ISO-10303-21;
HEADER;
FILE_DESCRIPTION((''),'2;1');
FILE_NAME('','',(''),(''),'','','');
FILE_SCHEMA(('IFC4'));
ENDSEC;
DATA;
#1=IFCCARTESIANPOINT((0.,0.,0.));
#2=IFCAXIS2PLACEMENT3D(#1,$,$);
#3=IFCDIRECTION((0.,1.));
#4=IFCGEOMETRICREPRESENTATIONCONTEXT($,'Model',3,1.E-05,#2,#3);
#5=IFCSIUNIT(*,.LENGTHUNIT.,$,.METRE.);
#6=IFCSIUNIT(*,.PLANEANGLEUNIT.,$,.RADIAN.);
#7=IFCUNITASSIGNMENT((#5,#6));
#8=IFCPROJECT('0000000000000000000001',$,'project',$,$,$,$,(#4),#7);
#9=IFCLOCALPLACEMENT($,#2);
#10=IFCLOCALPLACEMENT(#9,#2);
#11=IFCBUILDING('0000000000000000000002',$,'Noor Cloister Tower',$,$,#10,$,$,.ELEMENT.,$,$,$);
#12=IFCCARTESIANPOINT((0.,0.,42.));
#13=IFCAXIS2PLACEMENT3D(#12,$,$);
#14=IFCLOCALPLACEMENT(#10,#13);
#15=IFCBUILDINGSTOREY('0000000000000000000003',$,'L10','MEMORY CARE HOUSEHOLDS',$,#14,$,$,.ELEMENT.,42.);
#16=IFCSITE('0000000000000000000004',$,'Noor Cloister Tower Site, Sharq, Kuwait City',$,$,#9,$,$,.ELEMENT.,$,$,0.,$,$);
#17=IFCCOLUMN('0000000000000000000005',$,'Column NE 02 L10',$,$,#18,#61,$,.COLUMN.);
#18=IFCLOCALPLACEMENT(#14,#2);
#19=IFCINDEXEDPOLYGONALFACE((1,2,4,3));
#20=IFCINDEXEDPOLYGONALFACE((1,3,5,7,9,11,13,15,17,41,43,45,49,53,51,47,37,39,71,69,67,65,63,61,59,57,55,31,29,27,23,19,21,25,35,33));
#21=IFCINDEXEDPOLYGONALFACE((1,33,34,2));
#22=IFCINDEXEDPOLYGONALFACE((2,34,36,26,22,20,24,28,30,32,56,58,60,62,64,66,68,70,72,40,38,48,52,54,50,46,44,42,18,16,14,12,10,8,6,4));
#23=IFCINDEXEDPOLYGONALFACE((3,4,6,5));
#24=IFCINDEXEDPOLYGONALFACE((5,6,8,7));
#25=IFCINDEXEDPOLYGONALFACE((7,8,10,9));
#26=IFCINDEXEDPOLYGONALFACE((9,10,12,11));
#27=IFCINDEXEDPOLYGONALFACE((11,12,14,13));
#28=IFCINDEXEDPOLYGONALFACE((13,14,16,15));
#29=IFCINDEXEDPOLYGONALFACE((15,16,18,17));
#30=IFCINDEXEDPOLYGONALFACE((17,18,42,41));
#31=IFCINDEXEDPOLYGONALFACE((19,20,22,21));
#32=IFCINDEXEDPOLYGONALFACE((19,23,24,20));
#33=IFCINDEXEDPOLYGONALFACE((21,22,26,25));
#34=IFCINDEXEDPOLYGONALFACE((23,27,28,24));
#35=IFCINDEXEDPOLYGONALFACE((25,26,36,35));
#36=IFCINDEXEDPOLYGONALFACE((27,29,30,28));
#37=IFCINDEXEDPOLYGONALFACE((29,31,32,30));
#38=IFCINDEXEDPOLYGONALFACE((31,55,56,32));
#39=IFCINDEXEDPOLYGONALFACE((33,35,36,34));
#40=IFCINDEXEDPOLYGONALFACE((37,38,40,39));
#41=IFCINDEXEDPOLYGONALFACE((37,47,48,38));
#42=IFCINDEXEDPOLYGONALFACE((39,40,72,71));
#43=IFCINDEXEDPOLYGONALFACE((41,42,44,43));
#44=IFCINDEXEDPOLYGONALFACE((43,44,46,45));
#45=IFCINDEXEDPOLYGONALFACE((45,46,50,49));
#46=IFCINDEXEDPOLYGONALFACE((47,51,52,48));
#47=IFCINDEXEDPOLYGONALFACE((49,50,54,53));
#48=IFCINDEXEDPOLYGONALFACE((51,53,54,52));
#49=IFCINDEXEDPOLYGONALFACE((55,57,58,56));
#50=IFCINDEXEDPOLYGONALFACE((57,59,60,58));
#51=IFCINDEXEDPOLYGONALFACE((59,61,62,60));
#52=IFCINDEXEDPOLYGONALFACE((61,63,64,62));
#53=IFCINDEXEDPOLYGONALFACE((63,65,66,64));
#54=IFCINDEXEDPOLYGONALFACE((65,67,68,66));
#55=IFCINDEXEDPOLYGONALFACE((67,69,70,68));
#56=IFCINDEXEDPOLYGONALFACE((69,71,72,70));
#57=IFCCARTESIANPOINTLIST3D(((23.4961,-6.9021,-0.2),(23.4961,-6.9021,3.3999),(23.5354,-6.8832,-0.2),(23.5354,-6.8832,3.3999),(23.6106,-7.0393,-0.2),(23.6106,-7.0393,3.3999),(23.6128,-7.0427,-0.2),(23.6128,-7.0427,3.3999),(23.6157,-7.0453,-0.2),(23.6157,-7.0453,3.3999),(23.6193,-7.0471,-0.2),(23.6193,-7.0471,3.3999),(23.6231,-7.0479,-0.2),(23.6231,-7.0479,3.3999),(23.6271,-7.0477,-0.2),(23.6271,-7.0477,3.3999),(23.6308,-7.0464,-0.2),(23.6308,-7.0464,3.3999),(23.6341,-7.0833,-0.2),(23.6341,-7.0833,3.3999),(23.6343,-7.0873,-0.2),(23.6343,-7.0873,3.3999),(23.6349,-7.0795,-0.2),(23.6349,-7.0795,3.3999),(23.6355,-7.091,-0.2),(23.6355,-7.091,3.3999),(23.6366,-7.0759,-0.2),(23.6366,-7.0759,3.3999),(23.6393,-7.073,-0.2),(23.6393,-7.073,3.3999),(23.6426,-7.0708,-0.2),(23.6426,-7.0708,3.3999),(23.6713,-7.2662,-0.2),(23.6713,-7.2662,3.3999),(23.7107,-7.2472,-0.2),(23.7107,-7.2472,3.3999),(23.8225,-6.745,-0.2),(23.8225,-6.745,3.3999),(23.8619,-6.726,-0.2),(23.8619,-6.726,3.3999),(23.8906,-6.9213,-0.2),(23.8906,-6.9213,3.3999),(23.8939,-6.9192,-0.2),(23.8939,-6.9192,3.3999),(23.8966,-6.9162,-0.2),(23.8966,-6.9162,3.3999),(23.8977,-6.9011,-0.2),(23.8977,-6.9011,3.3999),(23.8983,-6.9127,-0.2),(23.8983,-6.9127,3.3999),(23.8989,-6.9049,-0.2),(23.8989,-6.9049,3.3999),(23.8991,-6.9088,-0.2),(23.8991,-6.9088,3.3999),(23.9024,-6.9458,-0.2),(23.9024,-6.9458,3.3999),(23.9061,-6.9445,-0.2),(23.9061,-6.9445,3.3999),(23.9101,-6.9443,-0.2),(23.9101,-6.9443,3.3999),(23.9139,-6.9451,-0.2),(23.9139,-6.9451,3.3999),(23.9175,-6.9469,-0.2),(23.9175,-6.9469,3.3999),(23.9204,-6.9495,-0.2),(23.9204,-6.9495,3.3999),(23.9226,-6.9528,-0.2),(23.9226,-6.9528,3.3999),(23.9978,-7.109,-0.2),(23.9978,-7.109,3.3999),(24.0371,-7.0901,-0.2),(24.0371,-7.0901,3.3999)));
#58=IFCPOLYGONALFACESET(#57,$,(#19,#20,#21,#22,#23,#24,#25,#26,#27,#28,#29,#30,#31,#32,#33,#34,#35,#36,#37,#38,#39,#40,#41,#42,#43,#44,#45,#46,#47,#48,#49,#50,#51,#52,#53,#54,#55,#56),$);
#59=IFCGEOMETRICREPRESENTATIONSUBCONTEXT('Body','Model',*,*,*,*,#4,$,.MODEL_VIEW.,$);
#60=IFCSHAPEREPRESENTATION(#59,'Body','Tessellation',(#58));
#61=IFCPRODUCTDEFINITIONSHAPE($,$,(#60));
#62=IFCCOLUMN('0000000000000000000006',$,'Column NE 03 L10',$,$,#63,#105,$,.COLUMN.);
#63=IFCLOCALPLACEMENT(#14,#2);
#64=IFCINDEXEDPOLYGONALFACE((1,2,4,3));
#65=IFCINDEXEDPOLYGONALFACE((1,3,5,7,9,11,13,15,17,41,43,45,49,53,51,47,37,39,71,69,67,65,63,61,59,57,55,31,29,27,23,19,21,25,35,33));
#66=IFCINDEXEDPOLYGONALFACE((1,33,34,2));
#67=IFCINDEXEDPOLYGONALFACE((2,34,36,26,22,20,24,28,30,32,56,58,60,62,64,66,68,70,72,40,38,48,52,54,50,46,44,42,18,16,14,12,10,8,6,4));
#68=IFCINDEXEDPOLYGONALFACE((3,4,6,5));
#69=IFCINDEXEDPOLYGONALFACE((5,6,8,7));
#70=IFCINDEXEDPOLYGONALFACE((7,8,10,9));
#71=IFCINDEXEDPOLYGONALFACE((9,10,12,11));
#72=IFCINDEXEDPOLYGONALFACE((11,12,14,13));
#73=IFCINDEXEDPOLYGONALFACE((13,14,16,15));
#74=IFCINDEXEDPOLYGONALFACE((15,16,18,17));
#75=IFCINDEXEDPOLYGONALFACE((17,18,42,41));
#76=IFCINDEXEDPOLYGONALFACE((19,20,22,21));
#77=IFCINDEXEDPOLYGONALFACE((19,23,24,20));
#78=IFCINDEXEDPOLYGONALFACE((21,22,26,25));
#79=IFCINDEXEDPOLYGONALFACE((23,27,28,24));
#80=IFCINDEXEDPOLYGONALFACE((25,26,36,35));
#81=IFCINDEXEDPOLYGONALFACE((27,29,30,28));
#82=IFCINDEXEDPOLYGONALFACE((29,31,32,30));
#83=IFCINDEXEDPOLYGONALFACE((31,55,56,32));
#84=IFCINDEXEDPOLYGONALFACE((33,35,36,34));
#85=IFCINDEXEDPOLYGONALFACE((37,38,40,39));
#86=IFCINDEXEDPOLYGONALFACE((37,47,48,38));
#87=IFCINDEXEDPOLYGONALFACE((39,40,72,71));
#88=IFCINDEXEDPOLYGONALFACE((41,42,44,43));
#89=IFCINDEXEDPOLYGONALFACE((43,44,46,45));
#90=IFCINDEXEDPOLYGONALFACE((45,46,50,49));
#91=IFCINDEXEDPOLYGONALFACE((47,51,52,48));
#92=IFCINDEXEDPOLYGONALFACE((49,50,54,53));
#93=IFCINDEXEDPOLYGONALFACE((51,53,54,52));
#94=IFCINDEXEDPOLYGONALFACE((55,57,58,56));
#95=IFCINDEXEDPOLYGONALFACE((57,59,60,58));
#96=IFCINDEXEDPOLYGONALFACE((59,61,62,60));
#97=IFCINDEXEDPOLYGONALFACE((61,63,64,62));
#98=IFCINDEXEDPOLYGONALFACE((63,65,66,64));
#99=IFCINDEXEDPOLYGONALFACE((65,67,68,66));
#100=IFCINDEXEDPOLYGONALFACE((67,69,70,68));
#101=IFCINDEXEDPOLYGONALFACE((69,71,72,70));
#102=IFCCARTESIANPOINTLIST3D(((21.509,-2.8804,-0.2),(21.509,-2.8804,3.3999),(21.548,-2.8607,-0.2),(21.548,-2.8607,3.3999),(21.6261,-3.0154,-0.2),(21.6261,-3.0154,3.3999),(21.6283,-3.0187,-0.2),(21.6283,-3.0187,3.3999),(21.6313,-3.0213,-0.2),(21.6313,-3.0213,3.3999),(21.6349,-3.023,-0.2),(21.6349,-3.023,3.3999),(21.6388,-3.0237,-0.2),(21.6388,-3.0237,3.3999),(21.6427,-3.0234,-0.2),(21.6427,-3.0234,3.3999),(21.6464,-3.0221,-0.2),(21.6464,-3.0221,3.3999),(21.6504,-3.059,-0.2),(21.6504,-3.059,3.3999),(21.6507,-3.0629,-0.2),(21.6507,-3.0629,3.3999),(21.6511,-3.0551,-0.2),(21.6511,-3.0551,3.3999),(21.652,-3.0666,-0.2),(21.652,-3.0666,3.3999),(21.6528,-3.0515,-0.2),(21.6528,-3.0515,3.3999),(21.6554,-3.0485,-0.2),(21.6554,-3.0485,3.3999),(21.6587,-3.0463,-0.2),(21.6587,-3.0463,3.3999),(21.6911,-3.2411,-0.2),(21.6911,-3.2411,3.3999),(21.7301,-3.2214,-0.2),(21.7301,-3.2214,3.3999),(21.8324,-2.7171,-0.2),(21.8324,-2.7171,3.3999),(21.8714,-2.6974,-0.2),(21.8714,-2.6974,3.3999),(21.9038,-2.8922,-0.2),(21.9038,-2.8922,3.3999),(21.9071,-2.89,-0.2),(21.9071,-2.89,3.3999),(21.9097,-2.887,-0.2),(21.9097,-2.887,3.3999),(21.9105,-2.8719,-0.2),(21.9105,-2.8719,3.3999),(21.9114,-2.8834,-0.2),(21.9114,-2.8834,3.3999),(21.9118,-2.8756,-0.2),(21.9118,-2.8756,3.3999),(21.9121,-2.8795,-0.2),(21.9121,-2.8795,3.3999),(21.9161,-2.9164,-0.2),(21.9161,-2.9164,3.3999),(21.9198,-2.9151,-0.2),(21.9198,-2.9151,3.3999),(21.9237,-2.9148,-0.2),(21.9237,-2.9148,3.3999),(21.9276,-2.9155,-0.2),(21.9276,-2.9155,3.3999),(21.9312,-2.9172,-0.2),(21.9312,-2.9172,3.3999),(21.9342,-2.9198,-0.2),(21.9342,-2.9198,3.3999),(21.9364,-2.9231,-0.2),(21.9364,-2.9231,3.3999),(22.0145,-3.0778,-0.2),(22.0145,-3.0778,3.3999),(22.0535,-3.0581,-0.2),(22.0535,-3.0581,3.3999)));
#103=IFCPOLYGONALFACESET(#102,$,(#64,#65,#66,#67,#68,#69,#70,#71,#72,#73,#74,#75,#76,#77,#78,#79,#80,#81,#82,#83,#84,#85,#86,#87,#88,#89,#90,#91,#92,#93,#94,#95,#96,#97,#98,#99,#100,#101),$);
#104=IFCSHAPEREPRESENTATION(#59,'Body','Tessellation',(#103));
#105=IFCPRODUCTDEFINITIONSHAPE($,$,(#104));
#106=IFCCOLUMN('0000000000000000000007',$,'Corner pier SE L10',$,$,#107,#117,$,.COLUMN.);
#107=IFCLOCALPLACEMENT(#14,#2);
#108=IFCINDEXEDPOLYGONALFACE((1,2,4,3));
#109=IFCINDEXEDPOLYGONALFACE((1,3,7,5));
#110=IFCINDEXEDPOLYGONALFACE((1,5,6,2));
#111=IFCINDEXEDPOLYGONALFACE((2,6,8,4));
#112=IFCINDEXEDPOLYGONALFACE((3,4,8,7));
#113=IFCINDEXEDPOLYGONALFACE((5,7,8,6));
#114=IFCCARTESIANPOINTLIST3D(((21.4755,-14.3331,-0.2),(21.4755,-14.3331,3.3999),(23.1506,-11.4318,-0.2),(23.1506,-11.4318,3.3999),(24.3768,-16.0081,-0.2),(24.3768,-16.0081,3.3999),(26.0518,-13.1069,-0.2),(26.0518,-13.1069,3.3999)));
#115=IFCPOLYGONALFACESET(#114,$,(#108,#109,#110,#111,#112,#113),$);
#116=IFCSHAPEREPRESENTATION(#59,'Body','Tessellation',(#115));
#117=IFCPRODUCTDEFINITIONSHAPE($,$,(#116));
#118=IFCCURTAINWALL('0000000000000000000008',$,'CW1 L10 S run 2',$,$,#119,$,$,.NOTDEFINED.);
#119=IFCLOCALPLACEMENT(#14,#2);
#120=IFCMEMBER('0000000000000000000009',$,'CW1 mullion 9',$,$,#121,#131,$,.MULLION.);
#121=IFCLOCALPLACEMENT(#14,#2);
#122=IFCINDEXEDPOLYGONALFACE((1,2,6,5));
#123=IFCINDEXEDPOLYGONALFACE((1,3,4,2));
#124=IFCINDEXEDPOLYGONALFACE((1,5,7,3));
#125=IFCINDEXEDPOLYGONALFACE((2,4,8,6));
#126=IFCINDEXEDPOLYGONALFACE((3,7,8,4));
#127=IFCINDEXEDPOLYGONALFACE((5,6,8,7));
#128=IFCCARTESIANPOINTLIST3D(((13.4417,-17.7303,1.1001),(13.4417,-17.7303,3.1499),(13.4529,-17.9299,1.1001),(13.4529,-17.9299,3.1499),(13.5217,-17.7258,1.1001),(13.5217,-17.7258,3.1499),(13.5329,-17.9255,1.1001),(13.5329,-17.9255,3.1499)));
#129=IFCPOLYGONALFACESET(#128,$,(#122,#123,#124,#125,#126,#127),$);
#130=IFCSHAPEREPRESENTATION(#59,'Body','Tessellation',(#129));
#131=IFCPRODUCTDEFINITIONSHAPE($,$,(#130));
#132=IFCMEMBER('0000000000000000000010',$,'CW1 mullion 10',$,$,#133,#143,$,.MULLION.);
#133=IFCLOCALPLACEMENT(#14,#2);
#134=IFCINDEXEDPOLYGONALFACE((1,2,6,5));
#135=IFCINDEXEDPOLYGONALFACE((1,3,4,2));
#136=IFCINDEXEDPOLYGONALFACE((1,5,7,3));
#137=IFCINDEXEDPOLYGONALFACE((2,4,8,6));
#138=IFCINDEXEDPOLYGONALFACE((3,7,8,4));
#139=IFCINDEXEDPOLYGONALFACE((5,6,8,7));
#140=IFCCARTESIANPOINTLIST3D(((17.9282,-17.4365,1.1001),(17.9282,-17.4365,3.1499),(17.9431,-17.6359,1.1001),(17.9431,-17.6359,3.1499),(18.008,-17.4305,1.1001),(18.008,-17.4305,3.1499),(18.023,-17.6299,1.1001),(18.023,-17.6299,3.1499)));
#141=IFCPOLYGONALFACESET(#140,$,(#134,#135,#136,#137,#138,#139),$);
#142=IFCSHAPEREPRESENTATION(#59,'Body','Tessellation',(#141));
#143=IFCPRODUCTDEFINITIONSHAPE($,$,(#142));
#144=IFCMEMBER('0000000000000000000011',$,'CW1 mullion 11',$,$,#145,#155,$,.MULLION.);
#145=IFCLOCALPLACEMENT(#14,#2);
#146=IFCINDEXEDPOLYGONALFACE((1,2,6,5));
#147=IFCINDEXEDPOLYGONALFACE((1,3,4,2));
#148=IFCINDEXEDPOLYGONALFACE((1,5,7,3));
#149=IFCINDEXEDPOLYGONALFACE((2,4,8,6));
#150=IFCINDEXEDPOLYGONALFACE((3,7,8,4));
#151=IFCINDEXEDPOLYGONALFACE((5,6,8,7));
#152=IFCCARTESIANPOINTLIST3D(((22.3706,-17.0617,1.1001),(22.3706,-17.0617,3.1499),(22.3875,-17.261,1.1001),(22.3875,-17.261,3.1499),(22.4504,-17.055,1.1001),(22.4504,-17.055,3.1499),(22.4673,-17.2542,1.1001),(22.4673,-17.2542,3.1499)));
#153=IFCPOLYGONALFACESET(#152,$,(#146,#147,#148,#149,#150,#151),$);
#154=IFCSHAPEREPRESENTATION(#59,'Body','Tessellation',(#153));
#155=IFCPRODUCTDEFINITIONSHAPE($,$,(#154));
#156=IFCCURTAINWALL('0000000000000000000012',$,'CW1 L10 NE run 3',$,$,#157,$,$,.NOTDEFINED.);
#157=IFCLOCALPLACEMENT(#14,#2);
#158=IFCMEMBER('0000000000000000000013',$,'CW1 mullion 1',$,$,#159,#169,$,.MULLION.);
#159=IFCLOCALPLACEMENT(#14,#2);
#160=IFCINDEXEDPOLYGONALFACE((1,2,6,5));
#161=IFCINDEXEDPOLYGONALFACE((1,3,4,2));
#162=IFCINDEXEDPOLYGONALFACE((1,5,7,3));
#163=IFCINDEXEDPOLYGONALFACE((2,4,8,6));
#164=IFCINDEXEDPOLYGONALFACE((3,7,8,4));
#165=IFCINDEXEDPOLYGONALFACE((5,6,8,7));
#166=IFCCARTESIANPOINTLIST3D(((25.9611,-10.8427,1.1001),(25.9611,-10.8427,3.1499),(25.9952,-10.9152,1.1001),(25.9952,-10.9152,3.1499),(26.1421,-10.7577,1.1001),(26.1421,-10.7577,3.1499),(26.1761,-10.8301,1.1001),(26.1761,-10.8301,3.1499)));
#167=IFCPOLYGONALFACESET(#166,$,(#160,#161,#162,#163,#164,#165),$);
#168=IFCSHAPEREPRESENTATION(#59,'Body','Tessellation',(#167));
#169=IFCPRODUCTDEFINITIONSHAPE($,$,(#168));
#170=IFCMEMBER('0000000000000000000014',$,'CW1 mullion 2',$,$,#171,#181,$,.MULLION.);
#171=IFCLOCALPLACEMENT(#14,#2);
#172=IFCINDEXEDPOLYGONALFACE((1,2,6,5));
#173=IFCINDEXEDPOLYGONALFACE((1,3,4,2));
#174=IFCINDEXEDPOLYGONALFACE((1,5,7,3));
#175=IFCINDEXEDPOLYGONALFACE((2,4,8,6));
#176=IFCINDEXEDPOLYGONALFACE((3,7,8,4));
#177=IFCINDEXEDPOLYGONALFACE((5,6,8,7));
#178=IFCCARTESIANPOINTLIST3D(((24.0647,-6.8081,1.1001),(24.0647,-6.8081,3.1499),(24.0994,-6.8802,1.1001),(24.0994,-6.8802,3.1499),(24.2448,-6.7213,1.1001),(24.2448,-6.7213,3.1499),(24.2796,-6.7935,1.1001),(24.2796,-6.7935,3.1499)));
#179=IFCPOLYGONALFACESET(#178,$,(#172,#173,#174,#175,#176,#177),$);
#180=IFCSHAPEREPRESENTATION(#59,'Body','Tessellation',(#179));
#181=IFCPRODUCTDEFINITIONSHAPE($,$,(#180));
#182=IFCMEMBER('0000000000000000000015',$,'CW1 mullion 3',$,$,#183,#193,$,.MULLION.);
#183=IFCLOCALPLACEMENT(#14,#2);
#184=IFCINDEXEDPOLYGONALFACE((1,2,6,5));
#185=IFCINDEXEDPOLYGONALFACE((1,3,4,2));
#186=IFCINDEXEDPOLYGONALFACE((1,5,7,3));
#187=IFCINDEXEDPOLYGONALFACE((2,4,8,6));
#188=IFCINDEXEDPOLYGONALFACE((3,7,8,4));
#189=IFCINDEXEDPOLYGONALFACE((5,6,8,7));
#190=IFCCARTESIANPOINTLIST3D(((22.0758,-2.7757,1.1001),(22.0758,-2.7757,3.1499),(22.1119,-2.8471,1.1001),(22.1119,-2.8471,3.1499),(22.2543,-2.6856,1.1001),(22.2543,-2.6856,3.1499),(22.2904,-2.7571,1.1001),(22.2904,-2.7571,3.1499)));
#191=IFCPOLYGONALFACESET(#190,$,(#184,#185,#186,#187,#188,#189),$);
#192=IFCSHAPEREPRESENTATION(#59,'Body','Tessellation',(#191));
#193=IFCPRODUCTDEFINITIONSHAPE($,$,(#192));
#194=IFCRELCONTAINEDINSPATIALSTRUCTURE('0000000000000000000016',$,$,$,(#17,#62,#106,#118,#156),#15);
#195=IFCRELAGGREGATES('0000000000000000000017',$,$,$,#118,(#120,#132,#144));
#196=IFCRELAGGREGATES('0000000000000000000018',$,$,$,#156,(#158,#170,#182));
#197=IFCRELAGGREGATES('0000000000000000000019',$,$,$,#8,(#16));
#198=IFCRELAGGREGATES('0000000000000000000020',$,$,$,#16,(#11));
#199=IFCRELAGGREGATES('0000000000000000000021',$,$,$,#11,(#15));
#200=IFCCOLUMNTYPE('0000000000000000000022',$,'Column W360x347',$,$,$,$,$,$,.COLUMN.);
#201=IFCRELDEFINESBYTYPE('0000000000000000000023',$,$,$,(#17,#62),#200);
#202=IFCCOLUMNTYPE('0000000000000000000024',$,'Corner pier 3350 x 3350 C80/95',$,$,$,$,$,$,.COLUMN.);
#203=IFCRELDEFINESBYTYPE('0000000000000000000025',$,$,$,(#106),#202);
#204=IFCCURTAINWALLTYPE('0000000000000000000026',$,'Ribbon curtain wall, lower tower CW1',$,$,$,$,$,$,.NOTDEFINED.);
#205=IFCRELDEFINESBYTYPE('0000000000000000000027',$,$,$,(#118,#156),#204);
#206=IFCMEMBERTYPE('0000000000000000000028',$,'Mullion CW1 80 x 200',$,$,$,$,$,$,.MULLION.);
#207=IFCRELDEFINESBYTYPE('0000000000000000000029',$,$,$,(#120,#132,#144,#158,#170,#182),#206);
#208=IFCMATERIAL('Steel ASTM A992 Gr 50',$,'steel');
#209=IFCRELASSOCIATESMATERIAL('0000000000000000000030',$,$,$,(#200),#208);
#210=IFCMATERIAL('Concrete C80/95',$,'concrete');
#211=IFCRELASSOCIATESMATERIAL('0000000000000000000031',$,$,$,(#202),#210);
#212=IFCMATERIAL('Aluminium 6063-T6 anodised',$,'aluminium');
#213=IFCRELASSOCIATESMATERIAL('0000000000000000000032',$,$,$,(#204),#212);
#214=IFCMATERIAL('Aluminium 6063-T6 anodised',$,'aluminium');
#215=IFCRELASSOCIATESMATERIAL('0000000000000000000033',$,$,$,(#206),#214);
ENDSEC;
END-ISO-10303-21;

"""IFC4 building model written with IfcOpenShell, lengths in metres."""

from ifc_helpers import new_model, si_unit, direction, frame, origin, origin_2d, place, context, subcontext, project, spatial, rectangle, i_section, extrude, material, material_profile, profile_set, type_object, element, aggregate, save


model = new_model("IFC4")

# Units and contexts
model_context = context("Model", 3, precision=1e-05, world=origin(), true_north=direction((0.0, 1.0)))
body_context = subcontext(model_context, "Body", "Model", "MODEL_VIEW")
ifc_project = project(units=[si_unit("LENGTHUNIT", "METRE"), si_unit("PLANEANGLEUNIT", "RADIAN")], contexts=[model_context])

# Site, building, storey
site_placement = place(None, origin())
site = spatial("IfcSite", under=ifc_project, at=site_placement, Name="Noor Cloister Tower Site, Sharq, Kuwait City", CompositionType="ELEMENT", RefElevation=0.0)
building_placement = place(site_placement, origin())
building = spatial("IfcBuilding", under=site, at=building_placement, Name="Noor Cloister Tower", CompositionType="ELEMENT")
storey_placement = place(building_placement, frame((0.0, 0.0, 42.0)))
storey = spatial("IfcBuildingStorey", under=building, at=storey_placement, Name="L10", Description="MEMORY CARE HOUSEHOLDS", CompositionType="ELEMENT", Elevation=42.0)

# Columns
ifc_material_1 = material(Name="Steel ASTM A992 Gr 50", Category="steel")
ifc_material_profile_1 = material_profile(ifc_material_1, i_section(OverallWidth=0.4041, OverallDepth=0.406, WebThickness=0.0271, FlangeThickness=0.0437, FilletRadius=0.0151, at=origin_2d()), Name="W360x347")
ifc_profile_set_1 = profile_set([ifc_material_profile_1], Name="Steel ASTM A992 Gr 50")
column_type_1 = type_object("IfcColumnType", Name="Column W360x347", PredefinedType="COLUMN", material=ifc_profile_set_1)
for number, where, z_axis, x_axis, name in (
    (1, (23.7666, -6.9961, -0.2), (0.0, 0.0, 1.0), (-0.433785, 0.901017, 0.0), "Column NE 02 L10"),
    (2, (21.7812, -2.9692, -0.2), (0.0, 0.0, 1.0), (-0.450581, 0.892735, 0.0), "Column NE 03 L10"),
):
    element("IfcColumn", number, at=place(storey_placement, frame(where, z_axis=z_axis, x_axis=x_axis)), inside=storey, type_object=column_type_1, Name=name, PredefinedType="COLUMN", context=body_context, shape_type="SweptSolid", body=[
        extrude(i_section(OverallWidth=0.4041, OverallDepth=0.406, WebThickness=0.0271, FlangeThickness=0.0437, FilletRadius=0.0151, at=origin_2d()), origin(), (0.0, 0.0, 1.0), 3.5999),
    ])
ifc_material_2 = material(Name="Concrete C80/95", Category="concrete")
ifc_material_profile_2 = material_profile(ifc_material_2, rectangle(XDim=3.3501, YDim=3.3501, at=origin_2d()), Name="RC 3350x3350")
ifc_profile_set_2 = profile_set([ifc_material_profile_2], Name="Concrete C80/95")
column_type_2 = type_object("IfcColumnType", Name="Corner pier 3350 x 3350 C80/95", PredefinedType="COLUMN", material=ifc_profile_set_2)
column_placement = place(storey_placement, frame((23.7637, -13.72, -0.2), z_axis=(0.0, 0.0, 1.0), x_axis=(0.866025, -0.5, 0.0)))
element("IfcColumn", 3, at=column_placement, inside=storey, type_object=column_type_2, Name="Corner pier SE L10", PredefinedType="COLUMN", context=body_context, shape_type="SweptSolid", body=[
    extrude(rectangle(XDim=3.3501, YDim=3.3501, at=origin_2d()), origin(), (0.0, 0.0, 1.0), 3.5999),
])

# Curtain walls, members
ifc_material_3 = material(Name="Aluminium 6063-T6 anodised", Category="aluminium")
curtain_wall_type = type_object("IfcCurtainWallType", Name="Ribbon curtain wall, lower tower CW1", PredefinedType="NOTDEFINED", material=ifc_material_3)
curtain_wall_1_placement = place(storey_placement, origin())
curtain_wall_1 = element("IfcCurtainWall", 4, at=curtain_wall_1_placement, inside=storey, type_object=curtain_wall_type, Name="CW1 L10 S run 2", PredefinedType="NOTDEFINED")
ifc_material_4 = material(Name="Aluminium 6063-T6 anodised", Category="aluminium")
ifc_material_profile_3 = material_profile(ifc_material_4, rectangle(XDim=0.2, YDim=0.0801, at=origin_2d()), Name="200 x 80 mullion")
ifc_profile_set_3 = profile_set([ifc_material_profile_3], Name="Aluminium 6063-T6 anodised")
member_type = type_object("IfcMemberType", Name="Mullion CW1 80 x 200", PredefinedType="MULLION", material=ifc_profile_set_3)
member_1_placement = place(storey_placement, frame((13.4873, -17.8279, 1.1001), z_axis=(0.0, 0.0, 1.0), x_axis=(-0.056153, 0.998422, 0.0)))
member_1 = element("IfcMember", 5, at=member_1_placement, type_object=member_type, Name="CW1 mullion 9", PredefinedType="MULLION", context=body_context, shape_type="SweptSolid", body=[
    extrude(rectangle(XDim=0.2, YDim=0.0801, at=origin_2d()), origin(), (0.0, 0.0, 1.0), 2.0498),
])
member_2_placement = place(storey_placement, frame((17.9756, -17.5332, 1.1001), z_axis=(0.0, 0.0, 1.0), x_axis=(-0.07484, 0.997196, 0.0)))
member_2 = element("IfcMember", 6, at=member_2_placement, type_object=member_type, Name="CW1 mullion 10", PredefinedType="MULLION", context=body_context, shape_type="SweptSolid", body=[
    extrude(rectangle(XDim=0.2, YDim=0.0801, at=origin_2d()), origin(), (0.0, 0.0, 1.0), 2.0498),
])
member_3_placement = place(storey_placement, frame((22.4189, -17.158, 1.1001), z_axis=(0.0, 0.0, 1.0), x_axis=(-0.084174, 0.996451, 0.0)))
member_3 = element("IfcMember", 7, at=member_3_placement, type_object=member_type, Name="CW1 mullion 11", PredefinedType="MULLION", context=body_context, shape_type="SweptSolid", body=[
    extrude(rectangle(XDim=0.2, YDim=0.0801, at=origin_2d()), origin(), (0.0, 0.0, 1.0), 2.0498),
])
curtain_wall_2_placement = place(storey_placement, origin())
curtain_wall_2 = element("IfcCurtainWall", 8, at=curtain_wall_2_placement, inside=storey, type_object=curtain_wall_type, Name="CW1 L10 NE run 3", PredefinedType="NOTDEFINED")
member_4_placement = place(storey_placement, frame((26.0686, -10.8364, 1.1001), z_axis=(0.0, 0.0, 1.0), x_axis=(-0.905039, -0.425329, 0.0)))
member_4 = element("IfcMember", 9, at=member_4_placement, type_object=member_type, Name="CW1 mullion 1", PredefinedType="MULLION", context=body_context, shape_type="SweptSolid", body=[
    extrude(rectangle(XDim=0.2, YDim=0.0801, at=origin_2d()), origin(), (0.0, 0.0, 1.0), 2.0498),
])
member_5_placement = place(storey_placement, frame((24.1721, -6.8008, 1.1001), z_axis=(0.0, 0.0, 1.0), x_axis=(-0.901017, -0.433785, 0.0)))
member_5 = element("IfcMember", 10, at=member_5_placement, type_object=member_type, Name="CW1 mullion 2", PredefinedType="MULLION", context=body_context, shape_type="SweptSolid", body=[
    extrude(rectangle(XDim=0.2, YDim=0.0801, at=origin_2d()), origin(), (0.0, 0.0, 1.0), 2.0498),
])
member_6_placement = place(storey_placement, frame((22.1831, -2.7664, 1.1001), z_axis=(0.0, 0.0, 1.0), x_axis=(-0.892735, -0.450581, 0.0)))
member_6 = element("IfcMember", 11, at=member_6_placement, type_object=member_type, Name="CW1 mullion 3", PredefinedType="MULLION", context=body_context, shape_type="SweptSolid", body=[
    extrude(rectangle(XDim=0.2, YDim=0.0801, at=origin_2d()), origin(), (0.0, 0.0, 1.0), 2.0498),
])

aggregate(curtain_wall_1, [member_1, member_2, member_3])
aggregate(curtain_wall_2, [member_4, member_5, member_6])

save(model, "model.ifc")
